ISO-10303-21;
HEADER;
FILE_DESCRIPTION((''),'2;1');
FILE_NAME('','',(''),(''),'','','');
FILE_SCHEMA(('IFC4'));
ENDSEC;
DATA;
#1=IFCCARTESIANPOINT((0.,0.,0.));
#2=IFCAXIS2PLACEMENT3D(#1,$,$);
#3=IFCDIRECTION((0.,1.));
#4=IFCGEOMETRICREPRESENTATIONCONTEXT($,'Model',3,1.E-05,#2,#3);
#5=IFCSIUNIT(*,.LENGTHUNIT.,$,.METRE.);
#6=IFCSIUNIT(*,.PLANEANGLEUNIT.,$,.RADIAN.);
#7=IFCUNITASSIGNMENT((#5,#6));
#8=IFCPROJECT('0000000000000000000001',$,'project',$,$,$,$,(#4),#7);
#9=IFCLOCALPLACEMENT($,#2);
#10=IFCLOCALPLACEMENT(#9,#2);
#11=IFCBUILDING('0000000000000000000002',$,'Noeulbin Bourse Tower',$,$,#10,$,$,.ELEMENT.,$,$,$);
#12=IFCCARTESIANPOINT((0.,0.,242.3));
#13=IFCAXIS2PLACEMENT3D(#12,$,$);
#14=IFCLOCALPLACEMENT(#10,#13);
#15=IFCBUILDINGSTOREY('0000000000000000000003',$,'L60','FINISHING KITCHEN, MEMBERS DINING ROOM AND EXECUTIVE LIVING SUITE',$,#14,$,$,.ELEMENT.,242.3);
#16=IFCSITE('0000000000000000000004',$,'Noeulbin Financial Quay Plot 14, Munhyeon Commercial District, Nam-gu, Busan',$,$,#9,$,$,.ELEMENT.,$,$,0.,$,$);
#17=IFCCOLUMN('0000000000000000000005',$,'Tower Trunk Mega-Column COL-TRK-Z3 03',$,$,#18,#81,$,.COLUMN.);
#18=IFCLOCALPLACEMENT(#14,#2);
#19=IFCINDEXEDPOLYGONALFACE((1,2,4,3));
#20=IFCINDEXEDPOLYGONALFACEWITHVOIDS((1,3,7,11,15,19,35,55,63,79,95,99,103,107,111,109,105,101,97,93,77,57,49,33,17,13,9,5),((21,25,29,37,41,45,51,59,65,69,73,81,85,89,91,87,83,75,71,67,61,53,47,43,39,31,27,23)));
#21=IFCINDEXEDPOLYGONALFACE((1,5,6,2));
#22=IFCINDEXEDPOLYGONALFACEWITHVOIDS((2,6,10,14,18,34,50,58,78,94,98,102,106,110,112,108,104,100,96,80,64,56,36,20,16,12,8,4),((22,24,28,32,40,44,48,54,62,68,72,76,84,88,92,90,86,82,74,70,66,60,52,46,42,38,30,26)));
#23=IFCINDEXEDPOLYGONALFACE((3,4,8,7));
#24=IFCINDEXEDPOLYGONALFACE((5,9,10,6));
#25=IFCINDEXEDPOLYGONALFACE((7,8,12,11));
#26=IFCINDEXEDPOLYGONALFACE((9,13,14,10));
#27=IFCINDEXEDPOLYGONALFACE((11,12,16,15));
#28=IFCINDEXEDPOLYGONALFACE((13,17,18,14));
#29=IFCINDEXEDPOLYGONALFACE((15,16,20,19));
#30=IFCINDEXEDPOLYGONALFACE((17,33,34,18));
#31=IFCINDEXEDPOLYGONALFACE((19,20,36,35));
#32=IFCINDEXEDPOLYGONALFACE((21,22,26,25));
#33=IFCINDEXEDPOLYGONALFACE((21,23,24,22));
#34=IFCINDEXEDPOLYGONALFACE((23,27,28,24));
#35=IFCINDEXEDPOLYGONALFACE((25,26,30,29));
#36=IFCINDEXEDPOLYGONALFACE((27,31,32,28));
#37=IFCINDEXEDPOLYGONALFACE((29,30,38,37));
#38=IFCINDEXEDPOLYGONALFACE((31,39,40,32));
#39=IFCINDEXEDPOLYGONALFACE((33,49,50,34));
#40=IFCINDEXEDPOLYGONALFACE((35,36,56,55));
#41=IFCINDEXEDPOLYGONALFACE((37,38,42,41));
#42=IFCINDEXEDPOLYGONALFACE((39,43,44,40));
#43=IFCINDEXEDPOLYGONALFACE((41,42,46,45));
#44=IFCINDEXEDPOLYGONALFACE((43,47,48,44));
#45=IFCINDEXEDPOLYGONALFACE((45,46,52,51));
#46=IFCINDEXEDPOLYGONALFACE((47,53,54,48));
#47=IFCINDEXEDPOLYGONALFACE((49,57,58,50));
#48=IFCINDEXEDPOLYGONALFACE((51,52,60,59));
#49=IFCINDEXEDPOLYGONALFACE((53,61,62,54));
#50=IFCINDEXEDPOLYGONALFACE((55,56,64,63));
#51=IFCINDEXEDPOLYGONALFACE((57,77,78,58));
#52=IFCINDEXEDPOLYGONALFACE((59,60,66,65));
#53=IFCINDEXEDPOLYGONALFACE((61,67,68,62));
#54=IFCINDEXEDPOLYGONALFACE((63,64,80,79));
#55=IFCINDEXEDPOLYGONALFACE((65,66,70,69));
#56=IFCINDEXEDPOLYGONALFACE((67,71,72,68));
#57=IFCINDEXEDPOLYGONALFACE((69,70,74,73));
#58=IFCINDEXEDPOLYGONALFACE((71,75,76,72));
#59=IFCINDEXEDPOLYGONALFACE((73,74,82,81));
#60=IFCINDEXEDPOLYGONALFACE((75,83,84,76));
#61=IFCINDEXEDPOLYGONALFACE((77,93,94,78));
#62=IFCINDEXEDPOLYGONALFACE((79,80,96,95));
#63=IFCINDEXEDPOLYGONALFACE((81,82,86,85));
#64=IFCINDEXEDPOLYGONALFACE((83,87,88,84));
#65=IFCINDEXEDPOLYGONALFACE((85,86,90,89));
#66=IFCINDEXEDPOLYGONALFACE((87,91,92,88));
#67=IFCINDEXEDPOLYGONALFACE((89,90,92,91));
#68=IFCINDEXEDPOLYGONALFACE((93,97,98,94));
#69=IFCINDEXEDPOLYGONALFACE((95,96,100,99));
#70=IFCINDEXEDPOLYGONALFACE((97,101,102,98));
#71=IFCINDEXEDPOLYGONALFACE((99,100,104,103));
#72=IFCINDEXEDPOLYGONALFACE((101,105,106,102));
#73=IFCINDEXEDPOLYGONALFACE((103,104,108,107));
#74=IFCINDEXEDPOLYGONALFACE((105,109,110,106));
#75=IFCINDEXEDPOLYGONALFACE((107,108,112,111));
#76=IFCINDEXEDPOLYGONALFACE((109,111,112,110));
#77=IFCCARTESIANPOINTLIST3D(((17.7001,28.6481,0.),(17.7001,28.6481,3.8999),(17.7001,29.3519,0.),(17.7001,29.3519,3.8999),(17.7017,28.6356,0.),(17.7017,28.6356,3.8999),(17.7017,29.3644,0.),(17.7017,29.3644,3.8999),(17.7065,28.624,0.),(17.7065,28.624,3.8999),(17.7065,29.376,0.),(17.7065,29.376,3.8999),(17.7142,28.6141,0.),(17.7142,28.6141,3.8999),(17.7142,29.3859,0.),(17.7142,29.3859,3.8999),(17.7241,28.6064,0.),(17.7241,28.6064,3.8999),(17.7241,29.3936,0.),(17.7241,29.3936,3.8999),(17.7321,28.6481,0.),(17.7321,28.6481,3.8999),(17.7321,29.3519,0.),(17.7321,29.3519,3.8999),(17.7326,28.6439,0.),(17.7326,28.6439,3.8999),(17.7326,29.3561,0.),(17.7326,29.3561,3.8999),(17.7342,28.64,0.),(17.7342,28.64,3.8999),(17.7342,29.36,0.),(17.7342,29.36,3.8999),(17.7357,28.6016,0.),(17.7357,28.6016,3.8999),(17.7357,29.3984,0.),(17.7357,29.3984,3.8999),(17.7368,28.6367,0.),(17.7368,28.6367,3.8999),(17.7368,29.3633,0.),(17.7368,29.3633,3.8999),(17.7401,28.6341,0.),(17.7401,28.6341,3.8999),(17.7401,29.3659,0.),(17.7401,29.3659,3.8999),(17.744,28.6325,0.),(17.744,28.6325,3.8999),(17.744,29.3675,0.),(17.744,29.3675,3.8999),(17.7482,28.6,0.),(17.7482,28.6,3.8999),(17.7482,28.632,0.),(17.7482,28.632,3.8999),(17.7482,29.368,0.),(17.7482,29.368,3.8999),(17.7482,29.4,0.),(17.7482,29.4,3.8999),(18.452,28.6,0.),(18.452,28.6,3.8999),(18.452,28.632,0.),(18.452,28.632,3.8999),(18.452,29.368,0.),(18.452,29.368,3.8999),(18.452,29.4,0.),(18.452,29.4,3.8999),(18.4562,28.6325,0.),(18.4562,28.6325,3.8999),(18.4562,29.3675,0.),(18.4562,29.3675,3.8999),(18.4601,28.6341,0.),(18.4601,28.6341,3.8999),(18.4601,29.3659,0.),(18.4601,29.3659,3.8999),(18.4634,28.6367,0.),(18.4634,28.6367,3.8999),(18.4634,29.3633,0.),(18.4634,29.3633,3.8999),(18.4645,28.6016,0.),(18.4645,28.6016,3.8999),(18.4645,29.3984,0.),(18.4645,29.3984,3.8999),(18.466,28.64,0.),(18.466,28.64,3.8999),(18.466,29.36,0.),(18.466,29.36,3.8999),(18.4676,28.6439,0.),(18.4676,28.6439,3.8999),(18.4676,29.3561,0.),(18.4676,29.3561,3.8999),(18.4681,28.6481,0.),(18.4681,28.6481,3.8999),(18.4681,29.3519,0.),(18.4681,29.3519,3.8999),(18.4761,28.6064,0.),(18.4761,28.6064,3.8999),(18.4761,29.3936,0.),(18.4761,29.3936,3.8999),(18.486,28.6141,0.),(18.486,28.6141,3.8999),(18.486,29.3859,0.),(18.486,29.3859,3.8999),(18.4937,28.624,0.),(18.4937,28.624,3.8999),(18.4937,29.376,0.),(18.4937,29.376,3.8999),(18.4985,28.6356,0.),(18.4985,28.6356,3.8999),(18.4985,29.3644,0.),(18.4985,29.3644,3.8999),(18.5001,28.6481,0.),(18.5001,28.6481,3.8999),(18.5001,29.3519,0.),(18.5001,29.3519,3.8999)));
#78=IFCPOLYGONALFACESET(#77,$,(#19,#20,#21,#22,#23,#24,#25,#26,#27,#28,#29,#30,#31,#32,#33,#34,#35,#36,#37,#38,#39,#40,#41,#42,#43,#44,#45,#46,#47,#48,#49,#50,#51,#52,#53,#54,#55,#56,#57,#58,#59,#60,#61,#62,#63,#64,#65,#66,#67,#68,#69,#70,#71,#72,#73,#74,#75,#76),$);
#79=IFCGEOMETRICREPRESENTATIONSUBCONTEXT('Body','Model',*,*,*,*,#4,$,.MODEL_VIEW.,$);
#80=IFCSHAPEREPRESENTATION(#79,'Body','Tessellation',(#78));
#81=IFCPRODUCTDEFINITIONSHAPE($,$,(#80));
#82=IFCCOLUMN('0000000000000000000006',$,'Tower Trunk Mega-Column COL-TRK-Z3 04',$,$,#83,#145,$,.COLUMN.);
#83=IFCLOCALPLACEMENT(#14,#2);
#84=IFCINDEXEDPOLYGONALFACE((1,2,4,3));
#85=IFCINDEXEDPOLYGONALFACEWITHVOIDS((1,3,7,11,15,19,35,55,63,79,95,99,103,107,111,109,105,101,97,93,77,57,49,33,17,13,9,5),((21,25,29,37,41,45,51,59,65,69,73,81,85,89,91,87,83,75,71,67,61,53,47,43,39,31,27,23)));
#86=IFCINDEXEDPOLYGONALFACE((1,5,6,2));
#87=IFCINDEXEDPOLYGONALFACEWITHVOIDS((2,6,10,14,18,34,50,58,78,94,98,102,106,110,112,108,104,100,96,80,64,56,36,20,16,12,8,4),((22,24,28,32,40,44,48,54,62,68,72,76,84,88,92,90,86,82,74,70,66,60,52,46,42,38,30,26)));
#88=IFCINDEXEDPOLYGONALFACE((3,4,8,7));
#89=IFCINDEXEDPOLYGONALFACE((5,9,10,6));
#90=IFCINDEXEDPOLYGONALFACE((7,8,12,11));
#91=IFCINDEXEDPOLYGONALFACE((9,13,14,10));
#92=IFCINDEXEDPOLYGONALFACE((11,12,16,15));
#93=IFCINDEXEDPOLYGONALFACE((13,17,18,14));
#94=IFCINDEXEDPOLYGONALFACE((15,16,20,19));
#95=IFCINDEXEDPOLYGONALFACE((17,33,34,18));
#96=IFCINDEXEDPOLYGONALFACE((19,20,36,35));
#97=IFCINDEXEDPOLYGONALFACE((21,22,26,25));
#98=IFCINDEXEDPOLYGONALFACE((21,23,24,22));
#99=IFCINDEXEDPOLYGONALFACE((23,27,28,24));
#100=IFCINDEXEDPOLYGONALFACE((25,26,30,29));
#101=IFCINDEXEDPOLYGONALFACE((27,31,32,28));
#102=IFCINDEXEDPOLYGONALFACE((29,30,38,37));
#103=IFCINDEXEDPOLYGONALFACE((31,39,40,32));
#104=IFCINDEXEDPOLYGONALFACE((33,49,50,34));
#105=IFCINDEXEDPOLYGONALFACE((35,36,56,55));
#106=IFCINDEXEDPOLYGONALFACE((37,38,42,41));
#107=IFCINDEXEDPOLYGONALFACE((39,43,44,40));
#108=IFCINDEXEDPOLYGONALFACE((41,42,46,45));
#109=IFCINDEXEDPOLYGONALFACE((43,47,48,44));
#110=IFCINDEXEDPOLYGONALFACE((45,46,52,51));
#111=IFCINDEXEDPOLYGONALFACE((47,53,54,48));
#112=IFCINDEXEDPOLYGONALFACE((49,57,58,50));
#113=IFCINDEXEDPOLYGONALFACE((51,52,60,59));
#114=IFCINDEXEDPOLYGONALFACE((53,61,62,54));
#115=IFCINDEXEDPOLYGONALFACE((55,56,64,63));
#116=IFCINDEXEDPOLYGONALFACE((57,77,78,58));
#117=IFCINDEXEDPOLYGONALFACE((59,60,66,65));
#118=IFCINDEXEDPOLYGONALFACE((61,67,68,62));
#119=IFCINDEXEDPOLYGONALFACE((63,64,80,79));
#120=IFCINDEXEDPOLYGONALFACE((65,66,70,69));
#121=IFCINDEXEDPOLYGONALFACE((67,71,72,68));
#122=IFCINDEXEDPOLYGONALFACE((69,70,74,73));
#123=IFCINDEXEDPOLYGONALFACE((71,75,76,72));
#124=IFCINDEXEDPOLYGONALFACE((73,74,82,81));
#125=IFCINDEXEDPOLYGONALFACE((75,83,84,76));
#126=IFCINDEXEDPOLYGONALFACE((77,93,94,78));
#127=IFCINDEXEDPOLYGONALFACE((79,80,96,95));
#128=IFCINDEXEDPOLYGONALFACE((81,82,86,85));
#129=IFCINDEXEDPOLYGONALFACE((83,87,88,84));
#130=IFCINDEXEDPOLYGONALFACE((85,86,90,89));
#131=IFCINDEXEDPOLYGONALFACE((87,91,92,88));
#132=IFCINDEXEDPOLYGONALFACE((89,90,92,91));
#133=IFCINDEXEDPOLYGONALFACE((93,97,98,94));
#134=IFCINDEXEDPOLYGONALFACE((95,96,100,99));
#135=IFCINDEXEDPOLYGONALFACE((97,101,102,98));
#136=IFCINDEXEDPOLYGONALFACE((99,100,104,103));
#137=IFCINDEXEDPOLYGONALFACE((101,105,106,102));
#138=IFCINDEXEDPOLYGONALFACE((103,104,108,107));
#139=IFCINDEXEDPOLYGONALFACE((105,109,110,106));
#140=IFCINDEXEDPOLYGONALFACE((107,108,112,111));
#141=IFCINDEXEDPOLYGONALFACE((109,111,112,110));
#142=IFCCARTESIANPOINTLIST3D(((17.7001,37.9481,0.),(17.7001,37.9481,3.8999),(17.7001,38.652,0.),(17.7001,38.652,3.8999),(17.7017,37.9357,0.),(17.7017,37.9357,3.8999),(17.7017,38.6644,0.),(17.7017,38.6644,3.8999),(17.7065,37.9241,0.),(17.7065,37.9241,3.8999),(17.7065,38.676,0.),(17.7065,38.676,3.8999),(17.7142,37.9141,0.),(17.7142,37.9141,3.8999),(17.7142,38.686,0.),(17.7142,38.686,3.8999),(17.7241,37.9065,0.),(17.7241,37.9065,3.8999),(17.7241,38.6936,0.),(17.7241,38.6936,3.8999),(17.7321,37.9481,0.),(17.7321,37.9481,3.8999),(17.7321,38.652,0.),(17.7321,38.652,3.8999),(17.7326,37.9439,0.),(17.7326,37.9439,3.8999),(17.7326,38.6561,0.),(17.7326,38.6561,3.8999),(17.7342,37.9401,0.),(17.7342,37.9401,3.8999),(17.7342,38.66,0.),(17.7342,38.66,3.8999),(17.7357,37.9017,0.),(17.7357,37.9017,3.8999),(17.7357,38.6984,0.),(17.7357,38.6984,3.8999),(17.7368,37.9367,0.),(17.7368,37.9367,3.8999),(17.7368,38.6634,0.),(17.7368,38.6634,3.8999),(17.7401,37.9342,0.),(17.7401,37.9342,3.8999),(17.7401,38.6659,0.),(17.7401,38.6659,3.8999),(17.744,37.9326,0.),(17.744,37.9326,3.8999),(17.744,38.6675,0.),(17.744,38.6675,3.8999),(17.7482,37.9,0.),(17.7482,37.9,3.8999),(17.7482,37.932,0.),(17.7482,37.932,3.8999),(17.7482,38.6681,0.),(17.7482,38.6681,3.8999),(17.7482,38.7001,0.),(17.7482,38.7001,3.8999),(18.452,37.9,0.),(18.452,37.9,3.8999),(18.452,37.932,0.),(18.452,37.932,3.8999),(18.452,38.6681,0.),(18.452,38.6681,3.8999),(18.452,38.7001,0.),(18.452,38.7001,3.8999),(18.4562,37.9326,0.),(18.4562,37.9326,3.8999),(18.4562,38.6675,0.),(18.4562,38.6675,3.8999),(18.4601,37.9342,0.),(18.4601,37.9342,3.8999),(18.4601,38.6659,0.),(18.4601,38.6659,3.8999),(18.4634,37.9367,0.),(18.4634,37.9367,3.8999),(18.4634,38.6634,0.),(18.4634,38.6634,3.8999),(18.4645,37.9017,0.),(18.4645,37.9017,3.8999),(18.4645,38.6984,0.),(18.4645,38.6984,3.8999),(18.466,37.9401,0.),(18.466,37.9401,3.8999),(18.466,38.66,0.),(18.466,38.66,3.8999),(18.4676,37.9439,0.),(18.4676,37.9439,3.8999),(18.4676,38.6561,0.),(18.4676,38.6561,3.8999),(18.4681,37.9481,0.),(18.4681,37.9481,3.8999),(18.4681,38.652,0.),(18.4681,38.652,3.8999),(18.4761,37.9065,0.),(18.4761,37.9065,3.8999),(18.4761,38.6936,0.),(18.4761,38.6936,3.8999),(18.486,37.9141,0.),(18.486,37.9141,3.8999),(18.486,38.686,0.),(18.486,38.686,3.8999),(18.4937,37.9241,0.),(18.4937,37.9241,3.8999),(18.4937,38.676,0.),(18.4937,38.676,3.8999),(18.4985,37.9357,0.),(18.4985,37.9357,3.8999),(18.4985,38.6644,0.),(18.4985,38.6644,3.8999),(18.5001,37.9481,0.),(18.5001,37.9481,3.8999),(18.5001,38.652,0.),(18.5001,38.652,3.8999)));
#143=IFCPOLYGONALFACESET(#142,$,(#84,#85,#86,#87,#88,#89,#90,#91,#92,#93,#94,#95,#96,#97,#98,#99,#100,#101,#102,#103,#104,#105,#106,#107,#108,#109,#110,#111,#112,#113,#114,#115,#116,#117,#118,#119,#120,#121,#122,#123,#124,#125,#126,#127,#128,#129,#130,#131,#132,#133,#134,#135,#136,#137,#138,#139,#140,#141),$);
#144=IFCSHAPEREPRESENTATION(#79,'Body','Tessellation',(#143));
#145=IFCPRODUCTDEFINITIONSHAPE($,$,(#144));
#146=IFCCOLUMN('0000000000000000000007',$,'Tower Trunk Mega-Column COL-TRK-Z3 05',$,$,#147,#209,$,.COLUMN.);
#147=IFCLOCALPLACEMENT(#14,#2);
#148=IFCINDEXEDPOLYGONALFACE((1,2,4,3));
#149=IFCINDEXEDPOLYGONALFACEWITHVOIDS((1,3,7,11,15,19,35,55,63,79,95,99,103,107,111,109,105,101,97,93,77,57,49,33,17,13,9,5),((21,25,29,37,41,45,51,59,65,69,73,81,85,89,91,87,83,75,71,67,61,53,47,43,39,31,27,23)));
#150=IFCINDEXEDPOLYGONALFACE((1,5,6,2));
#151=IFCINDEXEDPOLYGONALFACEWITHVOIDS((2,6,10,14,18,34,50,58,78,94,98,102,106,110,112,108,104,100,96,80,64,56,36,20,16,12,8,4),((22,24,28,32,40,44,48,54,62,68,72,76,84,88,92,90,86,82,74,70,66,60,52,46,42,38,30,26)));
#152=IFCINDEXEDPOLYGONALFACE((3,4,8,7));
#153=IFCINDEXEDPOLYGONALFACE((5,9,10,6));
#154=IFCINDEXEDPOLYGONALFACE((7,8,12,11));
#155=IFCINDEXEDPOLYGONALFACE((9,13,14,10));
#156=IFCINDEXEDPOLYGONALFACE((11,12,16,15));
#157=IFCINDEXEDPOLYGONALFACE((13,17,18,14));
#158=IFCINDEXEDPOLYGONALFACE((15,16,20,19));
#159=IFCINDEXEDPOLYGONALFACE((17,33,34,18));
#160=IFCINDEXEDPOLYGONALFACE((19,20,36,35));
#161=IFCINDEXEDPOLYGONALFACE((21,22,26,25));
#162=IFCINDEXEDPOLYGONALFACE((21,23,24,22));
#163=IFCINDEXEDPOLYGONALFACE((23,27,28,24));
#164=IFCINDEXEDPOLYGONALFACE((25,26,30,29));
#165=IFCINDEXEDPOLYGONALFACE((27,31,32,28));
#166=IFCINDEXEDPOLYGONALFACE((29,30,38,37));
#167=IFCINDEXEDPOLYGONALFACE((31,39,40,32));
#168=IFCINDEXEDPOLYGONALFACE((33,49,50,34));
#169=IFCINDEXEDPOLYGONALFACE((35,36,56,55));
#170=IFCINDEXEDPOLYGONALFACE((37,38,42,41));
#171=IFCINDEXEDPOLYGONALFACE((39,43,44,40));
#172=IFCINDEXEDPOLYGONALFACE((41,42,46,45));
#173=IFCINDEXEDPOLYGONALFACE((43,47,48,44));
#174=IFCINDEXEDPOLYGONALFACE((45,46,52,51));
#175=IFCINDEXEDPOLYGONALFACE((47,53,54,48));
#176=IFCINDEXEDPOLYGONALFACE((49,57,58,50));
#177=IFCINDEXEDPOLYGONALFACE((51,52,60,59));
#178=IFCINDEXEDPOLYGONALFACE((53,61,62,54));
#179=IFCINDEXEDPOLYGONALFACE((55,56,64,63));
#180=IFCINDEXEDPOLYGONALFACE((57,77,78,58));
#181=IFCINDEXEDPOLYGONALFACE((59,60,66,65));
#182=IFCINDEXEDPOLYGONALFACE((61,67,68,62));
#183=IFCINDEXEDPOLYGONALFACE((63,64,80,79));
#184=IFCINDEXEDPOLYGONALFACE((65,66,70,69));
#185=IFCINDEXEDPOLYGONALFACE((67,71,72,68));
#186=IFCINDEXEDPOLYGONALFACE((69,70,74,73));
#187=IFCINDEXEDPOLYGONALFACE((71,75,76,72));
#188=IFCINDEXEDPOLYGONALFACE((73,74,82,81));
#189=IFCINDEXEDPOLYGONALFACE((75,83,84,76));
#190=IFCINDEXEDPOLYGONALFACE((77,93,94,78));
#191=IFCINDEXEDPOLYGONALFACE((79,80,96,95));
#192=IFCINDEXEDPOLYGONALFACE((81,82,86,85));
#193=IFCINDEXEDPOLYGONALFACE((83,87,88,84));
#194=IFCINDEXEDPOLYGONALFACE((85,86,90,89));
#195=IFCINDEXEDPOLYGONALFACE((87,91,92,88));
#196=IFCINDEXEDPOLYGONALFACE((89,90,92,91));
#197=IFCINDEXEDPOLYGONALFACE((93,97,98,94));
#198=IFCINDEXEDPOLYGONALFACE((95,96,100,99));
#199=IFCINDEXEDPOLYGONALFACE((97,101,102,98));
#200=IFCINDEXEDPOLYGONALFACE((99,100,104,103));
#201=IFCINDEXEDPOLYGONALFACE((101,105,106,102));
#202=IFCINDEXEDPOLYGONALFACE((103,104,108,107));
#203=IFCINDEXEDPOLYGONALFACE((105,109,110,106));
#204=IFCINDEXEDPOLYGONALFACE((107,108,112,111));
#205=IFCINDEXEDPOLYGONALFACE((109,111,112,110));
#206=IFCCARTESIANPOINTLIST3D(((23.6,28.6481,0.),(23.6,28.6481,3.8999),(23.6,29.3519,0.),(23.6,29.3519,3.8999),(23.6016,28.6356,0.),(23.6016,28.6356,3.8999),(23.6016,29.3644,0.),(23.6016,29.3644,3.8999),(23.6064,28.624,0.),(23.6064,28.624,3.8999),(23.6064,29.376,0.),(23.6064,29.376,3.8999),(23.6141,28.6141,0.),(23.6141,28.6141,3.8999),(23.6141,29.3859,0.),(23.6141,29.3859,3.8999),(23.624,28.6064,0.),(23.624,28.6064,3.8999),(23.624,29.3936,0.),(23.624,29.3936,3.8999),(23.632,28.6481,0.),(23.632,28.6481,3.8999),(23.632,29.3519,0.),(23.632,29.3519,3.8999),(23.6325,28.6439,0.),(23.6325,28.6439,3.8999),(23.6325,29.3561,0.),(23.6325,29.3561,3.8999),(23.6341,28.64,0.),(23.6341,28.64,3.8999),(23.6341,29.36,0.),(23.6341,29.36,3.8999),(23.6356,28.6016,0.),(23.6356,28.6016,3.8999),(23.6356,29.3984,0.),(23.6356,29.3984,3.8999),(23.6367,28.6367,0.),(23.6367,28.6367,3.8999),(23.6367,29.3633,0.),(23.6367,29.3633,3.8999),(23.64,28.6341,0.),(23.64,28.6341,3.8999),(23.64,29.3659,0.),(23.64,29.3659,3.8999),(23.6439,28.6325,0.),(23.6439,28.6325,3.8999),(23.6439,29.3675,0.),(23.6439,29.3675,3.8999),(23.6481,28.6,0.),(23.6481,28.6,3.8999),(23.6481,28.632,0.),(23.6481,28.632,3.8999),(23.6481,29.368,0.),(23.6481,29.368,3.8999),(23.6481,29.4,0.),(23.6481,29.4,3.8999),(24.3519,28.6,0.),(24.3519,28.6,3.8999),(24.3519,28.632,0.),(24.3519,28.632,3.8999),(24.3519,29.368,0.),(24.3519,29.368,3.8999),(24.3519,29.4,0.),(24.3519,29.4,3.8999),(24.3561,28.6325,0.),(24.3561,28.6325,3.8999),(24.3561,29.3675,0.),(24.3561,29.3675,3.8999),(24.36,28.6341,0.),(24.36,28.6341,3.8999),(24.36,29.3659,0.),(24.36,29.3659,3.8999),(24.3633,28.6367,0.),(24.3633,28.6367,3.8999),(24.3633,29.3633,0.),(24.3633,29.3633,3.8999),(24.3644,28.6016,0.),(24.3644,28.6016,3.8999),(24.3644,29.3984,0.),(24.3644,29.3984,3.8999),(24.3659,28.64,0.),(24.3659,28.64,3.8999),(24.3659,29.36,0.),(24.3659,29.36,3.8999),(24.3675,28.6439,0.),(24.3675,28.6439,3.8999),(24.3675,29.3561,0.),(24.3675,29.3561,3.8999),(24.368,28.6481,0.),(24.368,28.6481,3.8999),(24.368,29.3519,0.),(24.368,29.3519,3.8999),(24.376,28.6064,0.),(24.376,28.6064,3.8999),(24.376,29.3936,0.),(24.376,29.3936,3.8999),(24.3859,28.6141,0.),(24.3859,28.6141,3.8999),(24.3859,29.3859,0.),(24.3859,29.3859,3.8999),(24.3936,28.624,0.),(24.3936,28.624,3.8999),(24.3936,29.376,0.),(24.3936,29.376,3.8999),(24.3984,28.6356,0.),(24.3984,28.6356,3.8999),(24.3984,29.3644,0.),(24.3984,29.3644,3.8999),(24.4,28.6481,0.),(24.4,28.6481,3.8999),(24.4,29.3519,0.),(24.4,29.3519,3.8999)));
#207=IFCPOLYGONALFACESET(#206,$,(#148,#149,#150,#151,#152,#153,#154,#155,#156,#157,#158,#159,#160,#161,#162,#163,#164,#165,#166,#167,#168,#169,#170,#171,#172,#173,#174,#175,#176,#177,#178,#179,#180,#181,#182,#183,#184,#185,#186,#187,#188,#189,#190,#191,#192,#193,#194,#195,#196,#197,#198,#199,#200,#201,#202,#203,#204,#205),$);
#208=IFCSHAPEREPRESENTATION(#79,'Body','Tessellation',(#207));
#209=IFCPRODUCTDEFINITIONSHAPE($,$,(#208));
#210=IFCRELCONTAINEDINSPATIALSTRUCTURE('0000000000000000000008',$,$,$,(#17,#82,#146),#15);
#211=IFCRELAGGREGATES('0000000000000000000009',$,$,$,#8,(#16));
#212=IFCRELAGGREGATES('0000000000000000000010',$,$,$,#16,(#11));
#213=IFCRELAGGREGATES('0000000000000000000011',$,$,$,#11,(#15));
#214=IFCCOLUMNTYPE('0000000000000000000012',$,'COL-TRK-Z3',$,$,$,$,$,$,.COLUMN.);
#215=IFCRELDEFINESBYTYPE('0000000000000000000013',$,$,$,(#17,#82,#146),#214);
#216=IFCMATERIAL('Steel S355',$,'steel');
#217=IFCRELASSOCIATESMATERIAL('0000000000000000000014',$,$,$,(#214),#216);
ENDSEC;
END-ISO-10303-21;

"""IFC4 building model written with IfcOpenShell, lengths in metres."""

from ifc_helpers import new_model, si_unit, direction, frame, origin, origin_2d, place, context, subcontext, project, spatial, hollow_rectangle, extrude, material, material_profile, profile_set, type_object, element, save


model = new_model("IFC4")

# Units and contexts
model_context = context("Model", 3, precision=1e-05, world=origin(), true_north=direction((0.0, 1.0)))
body_context = subcontext(model_context, "Body", "Model", "MODEL_VIEW")
ifc_project = project(units=[si_unit("LENGTHUNIT", "METRE"), si_unit("PLANEANGLEUNIT", "RADIAN")], contexts=[model_context])

# Site, building, storey
site_placement = place(None, origin())
site = spatial("IfcSite", under=ifc_project, at=site_placement, Name="Noeulbin Financial Quay Plot 14, Munhyeon Commercial District, Nam-gu, Busan", CompositionType="ELEMENT", RefElevation=0.0)
building_placement = place(site_placement, origin())
building = spatial("IfcBuilding", under=site, at=building_placement, Name="Noeulbin Bourse Tower", CompositionType="ELEMENT")
storey_placement = place(building_placement, frame((0.0, 0.0, 242.3)))
storey = spatial("IfcBuildingStorey", under=building, at=storey_placement, Name="L60", Description="FINISHING KITCHEN, MEMBERS DINING ROOM AND EXECUTIVE LIVING SUITE", CompositionType="ELEMENT", Elevation=242.3)

# Columns
ifc_material_1 = material(Name="Steel S355", Category="steel")
ifc_material_profile_1 = material_profile(ifc_material_1, hollow_rectangle(XDim=0.8, YDim=0.8, WallThickness=0.032, InnerFilletRadius=0.0161, OuterFilletRadius=0.0481, at=origin_2d()), Name="BOX-800x800x32", Category="LoadBearing")
ifc_profile_set_1 = profile_set([ifc_material_profile_1], Name="Steel S355")
column_type = type_object("IfcColumnType", Name="COL-TRK-Z3", PredefinedType="COLUMN", material=ifc_profile_set_1)
for number, where, z_axis, x_axis, name in (
    (1, (18.1001, 29.0, 0.0), (0.0, 0.0, 1.0), (1.0, 0.0, 0.0), "Tower Trunk Mega-Column COL-TRK-Z3 03"),
    (2, (18.1001, 38.3, 0.0), (0.0, 0.0, 1.0), (1.0, 0.0, 0.0), "Tower Trunk Mega-Column COL-TRK-Z3 04"),
    (3, (24.0, 29.0, 0.0), (0.0, 0.0, 1.0), (1.0, 0.0, 0.0), "Tower Trunk Mega-Column COL-TRK-Z3 05"),
):
    element("IfcColumn", number, at=place(storey_placement, frame(where, z_axis=z_axis, x_axis=x_axis)), inside=storey, type_object=column_type, Name=name, PredefinedType="COLUMN", context=body_context, shape_type="SweptSolid", body=[
        extrude(hollow_rectangle(XDim=0.8, YDim=0.8, WallThickness=0.032, InnerFilletRadius=0.0161, OuterFilletRadius=0.0481, at=origin_2d()), origin(), (0.0, 0.0, 1.0), 3.8999),
    ])

save(model, "model.ifc")
